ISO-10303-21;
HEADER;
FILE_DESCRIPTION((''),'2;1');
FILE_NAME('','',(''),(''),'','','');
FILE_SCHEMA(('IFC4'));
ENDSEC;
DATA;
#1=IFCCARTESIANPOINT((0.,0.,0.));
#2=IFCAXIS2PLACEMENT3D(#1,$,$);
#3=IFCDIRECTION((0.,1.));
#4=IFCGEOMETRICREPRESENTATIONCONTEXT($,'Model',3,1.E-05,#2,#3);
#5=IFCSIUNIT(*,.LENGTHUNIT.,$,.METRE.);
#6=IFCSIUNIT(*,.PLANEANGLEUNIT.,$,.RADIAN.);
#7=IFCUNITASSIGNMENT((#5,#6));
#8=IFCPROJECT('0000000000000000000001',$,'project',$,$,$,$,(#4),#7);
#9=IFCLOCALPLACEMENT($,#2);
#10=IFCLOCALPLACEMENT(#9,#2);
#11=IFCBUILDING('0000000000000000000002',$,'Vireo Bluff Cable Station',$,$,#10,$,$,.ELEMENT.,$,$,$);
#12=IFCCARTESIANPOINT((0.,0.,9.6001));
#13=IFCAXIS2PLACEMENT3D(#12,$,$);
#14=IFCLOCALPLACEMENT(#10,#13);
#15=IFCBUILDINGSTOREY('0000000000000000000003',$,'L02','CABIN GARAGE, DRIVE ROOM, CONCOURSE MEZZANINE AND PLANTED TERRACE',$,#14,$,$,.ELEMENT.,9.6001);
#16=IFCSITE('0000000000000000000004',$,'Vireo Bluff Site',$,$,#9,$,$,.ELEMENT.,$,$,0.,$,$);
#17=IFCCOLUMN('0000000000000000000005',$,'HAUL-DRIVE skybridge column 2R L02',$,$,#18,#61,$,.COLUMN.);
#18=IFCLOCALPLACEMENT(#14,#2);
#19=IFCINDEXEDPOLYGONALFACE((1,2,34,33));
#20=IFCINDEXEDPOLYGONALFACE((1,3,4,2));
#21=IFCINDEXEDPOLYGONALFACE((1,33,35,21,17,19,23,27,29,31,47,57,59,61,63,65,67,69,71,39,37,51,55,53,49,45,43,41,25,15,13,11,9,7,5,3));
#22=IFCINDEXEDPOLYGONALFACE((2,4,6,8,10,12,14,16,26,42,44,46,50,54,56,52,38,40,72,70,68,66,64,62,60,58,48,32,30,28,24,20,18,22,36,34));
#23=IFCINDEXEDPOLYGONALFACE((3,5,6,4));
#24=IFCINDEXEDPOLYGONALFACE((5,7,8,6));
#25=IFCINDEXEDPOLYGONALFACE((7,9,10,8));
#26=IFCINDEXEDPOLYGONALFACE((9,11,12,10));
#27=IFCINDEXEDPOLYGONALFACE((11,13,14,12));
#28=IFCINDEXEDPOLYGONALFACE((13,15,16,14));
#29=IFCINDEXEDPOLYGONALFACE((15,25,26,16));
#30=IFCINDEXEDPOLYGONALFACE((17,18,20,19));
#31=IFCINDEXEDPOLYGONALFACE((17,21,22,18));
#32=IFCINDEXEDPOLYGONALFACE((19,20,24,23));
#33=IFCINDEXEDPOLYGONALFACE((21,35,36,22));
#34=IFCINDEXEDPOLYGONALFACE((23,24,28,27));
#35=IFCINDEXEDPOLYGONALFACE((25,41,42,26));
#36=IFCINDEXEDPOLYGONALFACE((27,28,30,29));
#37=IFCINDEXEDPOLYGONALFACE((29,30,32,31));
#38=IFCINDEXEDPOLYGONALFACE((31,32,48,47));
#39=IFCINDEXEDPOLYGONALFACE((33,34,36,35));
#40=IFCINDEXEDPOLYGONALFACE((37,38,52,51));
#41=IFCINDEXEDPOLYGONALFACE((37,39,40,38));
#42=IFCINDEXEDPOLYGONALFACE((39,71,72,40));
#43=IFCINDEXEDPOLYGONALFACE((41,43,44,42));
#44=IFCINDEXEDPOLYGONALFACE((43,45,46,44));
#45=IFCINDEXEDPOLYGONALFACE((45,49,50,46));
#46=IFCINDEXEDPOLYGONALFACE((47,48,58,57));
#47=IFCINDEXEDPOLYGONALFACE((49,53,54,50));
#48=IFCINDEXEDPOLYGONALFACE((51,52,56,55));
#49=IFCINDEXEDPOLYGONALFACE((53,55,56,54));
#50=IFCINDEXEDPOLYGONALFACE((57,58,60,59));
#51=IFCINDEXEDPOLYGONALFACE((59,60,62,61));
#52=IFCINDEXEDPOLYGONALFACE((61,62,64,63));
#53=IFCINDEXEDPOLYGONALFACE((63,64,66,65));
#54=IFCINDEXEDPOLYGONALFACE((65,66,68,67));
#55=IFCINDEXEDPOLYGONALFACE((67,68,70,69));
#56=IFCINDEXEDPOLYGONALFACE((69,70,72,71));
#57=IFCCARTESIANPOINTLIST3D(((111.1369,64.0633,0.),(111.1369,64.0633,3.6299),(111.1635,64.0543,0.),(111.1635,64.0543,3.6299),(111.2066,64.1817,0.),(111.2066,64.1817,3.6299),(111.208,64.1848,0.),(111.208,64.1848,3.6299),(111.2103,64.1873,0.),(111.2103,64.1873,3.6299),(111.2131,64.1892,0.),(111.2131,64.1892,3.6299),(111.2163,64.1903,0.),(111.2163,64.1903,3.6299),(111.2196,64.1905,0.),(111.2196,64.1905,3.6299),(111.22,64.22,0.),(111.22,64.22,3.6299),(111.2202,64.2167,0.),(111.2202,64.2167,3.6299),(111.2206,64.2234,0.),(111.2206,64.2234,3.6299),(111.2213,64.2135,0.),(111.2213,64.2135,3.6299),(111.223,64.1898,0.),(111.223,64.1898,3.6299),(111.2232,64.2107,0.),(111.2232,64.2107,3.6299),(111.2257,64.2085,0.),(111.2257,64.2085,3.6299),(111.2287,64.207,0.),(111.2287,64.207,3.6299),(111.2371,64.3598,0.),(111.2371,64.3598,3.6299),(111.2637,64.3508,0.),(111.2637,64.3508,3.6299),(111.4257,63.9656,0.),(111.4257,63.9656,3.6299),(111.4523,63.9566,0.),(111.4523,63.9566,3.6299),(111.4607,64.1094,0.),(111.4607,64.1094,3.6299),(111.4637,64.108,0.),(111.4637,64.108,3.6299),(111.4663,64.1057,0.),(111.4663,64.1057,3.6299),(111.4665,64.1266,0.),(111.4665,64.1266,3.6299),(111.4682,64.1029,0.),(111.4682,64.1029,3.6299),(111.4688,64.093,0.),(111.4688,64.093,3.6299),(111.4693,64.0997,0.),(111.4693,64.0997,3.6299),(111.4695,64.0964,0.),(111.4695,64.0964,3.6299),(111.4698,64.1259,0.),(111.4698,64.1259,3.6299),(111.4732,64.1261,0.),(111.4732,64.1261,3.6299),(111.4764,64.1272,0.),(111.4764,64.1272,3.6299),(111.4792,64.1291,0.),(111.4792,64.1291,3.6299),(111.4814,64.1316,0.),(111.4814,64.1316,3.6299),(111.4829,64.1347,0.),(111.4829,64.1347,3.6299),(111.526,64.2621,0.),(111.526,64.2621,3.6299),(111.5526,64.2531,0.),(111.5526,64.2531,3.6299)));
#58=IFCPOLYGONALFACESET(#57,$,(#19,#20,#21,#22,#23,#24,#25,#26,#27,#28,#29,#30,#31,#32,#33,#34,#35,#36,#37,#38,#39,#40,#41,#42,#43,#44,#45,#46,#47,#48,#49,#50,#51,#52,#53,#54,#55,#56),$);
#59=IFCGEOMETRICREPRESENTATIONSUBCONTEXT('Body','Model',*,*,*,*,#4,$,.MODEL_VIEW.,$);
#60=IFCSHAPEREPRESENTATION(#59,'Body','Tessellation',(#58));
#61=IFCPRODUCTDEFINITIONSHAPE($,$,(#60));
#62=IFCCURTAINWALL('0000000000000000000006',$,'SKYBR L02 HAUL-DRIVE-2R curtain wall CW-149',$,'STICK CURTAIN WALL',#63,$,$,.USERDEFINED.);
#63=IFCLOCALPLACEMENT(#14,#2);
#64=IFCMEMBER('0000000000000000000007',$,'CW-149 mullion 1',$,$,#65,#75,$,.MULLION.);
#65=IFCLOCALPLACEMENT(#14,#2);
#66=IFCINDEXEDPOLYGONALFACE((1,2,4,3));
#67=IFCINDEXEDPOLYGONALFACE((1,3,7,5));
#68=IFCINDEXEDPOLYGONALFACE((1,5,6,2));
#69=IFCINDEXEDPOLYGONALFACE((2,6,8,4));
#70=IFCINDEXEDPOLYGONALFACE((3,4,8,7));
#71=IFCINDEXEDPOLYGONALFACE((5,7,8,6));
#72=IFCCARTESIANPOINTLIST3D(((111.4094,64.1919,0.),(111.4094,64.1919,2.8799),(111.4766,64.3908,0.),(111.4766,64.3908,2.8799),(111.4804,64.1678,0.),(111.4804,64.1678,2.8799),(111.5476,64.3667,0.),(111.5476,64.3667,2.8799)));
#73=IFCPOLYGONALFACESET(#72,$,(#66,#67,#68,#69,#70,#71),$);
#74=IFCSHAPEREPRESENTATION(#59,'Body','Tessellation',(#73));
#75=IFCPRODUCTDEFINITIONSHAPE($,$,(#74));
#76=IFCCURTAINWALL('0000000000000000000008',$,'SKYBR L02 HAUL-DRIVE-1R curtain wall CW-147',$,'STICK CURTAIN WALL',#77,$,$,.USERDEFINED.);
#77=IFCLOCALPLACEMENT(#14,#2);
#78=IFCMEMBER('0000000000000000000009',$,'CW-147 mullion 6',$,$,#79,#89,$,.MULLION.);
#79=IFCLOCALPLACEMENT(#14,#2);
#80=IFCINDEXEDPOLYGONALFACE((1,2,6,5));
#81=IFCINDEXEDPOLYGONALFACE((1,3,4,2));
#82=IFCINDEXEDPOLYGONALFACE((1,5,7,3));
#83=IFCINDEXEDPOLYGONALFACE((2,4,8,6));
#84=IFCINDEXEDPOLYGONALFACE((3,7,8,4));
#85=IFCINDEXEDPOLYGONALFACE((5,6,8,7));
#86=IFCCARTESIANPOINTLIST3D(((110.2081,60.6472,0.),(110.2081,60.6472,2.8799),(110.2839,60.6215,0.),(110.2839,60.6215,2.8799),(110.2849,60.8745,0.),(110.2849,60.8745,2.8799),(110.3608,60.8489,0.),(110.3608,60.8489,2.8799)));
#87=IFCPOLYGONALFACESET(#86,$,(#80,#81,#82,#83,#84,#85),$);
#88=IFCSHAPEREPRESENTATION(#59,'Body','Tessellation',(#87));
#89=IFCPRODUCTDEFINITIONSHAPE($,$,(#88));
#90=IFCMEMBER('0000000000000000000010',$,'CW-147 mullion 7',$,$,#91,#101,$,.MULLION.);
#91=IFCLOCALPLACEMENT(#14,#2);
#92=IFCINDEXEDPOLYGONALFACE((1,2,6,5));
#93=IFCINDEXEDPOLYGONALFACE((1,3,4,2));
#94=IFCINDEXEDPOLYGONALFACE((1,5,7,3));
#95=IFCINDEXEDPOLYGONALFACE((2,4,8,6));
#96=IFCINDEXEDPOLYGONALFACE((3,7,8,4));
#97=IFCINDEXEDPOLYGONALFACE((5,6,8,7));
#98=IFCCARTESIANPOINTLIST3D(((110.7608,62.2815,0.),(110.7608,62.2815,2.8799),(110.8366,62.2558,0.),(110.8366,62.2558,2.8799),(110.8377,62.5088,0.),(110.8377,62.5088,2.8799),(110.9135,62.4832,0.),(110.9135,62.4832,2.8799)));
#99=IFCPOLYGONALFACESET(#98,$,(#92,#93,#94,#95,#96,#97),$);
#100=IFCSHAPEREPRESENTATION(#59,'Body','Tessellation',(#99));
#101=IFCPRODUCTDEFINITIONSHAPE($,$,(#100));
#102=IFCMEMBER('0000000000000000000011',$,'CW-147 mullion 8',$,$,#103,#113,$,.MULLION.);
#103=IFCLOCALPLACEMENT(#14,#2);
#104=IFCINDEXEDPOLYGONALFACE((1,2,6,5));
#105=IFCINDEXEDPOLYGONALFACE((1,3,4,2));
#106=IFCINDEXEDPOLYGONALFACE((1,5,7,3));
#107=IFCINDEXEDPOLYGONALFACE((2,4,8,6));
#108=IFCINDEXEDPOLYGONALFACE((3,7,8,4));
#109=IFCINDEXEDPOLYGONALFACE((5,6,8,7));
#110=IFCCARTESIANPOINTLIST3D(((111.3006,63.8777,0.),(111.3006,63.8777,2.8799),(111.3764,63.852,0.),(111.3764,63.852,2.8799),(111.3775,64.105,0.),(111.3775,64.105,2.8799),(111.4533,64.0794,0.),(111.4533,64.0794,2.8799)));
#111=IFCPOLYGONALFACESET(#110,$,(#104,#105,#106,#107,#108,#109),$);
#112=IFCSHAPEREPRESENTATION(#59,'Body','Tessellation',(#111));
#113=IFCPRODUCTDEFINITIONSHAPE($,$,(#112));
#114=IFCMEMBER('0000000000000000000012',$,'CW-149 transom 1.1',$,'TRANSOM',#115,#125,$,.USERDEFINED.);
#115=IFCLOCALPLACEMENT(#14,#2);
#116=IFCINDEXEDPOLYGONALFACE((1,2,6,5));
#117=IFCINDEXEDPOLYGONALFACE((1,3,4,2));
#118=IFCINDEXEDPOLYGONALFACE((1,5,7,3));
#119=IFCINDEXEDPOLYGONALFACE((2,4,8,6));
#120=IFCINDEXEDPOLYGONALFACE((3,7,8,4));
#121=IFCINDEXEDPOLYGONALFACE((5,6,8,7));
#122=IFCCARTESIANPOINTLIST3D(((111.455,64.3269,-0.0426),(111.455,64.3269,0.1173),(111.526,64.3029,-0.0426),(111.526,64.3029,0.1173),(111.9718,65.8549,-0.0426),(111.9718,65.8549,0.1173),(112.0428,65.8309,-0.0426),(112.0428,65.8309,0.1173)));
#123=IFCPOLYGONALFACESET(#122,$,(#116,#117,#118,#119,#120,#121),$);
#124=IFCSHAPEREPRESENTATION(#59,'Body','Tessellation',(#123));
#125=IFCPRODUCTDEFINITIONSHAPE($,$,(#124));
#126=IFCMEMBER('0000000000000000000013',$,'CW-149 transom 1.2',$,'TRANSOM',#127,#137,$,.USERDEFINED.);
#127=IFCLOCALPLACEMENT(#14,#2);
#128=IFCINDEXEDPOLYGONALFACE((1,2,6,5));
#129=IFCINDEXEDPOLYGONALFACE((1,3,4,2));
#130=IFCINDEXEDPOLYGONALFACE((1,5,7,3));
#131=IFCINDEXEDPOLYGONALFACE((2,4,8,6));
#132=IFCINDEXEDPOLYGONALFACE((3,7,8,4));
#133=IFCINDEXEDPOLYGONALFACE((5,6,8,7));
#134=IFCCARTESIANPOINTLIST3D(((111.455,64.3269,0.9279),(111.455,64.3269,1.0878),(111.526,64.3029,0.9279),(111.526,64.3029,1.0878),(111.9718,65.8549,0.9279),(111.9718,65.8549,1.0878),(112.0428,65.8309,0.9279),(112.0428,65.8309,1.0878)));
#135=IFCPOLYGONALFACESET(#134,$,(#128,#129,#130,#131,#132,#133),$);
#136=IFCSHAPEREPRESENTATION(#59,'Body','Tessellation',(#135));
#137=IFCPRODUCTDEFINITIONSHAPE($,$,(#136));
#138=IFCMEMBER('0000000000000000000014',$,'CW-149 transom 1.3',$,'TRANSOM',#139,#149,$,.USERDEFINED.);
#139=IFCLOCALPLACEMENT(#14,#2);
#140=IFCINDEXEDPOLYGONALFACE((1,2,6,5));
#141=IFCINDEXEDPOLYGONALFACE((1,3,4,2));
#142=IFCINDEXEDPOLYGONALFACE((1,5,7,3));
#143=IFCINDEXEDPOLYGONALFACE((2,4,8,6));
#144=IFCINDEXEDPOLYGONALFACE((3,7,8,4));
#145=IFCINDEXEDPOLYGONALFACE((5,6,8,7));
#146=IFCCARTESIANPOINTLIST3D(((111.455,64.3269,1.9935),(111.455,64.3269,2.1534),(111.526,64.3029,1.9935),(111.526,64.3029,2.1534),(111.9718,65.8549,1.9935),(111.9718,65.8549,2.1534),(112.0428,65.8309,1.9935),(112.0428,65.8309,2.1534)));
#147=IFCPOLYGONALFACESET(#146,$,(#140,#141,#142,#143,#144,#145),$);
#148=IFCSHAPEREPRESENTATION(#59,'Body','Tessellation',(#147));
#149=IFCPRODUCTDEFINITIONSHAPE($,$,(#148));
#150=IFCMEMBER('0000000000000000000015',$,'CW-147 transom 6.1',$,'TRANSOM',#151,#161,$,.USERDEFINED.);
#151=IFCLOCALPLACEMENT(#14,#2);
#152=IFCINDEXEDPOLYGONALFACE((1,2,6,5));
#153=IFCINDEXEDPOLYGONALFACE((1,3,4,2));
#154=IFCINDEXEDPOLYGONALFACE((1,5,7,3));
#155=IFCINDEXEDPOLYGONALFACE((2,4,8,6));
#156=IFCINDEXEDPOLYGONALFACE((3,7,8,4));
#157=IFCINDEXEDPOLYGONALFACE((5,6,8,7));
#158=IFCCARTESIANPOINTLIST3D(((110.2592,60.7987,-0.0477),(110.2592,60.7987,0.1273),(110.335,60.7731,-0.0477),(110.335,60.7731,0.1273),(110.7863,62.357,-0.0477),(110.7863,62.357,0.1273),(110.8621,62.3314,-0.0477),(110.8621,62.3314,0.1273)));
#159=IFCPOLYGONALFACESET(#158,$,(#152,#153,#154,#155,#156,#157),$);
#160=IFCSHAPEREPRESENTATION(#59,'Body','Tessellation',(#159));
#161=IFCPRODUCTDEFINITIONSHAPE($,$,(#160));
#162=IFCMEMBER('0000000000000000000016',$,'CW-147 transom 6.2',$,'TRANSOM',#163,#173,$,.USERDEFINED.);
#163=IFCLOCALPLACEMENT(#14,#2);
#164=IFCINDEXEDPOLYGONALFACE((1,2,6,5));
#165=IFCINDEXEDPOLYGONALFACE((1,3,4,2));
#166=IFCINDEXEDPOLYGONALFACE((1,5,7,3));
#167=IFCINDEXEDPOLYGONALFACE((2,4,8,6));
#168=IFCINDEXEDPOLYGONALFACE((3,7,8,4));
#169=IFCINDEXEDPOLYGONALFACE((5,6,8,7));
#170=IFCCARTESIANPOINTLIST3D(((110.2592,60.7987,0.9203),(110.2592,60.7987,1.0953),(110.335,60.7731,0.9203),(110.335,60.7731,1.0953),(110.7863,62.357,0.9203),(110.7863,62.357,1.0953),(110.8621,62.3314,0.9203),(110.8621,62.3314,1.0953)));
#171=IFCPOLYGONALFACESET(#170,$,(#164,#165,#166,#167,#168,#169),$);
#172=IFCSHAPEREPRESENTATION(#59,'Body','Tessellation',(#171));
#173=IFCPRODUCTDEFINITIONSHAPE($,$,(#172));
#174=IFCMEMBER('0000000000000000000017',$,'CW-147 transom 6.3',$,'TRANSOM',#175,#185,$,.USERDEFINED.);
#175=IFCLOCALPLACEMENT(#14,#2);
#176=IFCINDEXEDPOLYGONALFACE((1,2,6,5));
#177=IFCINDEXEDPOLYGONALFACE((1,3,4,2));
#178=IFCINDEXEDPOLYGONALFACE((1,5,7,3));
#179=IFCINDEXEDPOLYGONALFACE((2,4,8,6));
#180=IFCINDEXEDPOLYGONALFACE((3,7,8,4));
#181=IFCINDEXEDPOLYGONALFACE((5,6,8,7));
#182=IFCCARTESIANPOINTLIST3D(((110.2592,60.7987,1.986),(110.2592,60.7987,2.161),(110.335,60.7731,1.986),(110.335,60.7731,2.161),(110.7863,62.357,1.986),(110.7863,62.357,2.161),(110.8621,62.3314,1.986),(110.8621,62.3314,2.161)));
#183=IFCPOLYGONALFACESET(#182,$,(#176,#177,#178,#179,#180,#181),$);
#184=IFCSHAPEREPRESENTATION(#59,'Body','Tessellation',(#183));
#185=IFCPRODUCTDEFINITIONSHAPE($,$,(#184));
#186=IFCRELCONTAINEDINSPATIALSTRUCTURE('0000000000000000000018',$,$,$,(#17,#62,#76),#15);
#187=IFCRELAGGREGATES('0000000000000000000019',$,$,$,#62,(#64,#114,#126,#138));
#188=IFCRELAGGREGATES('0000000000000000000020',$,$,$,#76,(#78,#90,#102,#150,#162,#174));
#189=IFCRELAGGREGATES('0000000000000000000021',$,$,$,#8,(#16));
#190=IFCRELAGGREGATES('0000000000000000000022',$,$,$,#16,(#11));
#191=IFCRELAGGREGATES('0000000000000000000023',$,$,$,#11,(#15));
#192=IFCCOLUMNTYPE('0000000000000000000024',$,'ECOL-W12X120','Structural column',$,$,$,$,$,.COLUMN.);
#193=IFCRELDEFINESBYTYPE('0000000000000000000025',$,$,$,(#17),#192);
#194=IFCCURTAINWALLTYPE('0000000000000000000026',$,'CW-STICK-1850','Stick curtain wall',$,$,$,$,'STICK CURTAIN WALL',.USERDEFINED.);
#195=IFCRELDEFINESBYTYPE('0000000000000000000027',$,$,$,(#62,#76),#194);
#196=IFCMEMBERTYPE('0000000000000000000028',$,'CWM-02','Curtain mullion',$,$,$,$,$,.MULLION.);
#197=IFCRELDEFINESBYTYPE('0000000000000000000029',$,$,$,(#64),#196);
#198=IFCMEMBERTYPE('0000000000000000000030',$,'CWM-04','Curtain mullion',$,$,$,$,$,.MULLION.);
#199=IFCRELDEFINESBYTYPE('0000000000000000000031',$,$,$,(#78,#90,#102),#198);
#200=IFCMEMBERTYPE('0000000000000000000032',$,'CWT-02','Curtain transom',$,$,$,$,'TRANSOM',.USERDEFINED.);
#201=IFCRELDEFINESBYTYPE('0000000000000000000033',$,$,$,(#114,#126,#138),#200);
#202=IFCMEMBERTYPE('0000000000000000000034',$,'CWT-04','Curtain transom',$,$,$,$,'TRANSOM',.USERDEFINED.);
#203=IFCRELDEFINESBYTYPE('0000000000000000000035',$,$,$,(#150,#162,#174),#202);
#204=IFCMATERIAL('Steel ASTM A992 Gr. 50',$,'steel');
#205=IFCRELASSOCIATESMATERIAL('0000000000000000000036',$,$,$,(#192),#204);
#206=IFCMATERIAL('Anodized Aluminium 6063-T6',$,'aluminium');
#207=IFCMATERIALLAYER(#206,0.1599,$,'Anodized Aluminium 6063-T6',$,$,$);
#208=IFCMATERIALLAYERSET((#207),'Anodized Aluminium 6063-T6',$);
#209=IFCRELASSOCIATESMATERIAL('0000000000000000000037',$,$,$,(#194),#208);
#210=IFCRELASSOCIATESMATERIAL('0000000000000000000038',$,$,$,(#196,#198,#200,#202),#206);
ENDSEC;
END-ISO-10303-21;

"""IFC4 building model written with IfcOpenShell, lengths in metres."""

from ifc_helpers import new_model, si_unit, direction, frame, origin, origin_2d, place, context, subcontext, project, spatial, rectangle, i_section, extrude, material, layer, layer_set, material_profile, profile_set, type_object, element, aggregate, save


model = new_model("IFC4")

# Units and contexts
model_context = context("Model", 3, precision=1e-05, world=origin(), true_north=direction((0.0, 1.0)))
body_context = subcontext(model_context, "Body", "Model", "MODEL_VIEW")
ifc_project = project(units=[si_unit("LENGTHUNIT", "METRE"), si_unit("PLANEANGLEUNIT", "RADIAN")], contexts=[model_context])

# Site, building, storey
site_placement = place(None, origin())
site = spatial("IfcSite", under=ifc_project, at=site_placement, Name="Vireo Bluff Site", CompositionType="ELEMENT", RefElevation=0.0)
building_placement = place(site_placement, origin())
building = spatial("IfcBuilding", under=site, at=building_placement, Name="Vireo Bluff Cable Station", CompositionType="ELEMENT")
storey_placement = place(building_placement, frame((0.0, 0.0, 9.6001)))
storey = spatial("IfcBuildingStorey", under=building, at=storey_placement, Name="L02", Description="CABIN GARAGE, DRIVE ROOM, CONCOURSE MEZZANINE AND PLANTED TERRACE", CompositionType="ELEMENT", Elevation=9.6001)

# Column
ifc_material_1 = material(Name="Steel ASTM A992 Gr. 50", Category="steel")
ifc_material_profile_1 = material_profile(ifc_material_1, i_section(OverallWidth=0.313, OverallDepth=0.333, WebThickness=0.0181, FlangeThickness=0.0281, FilletRadius=0.0129, at=origin_2d()), Name="W12X120")
ifc_profile_set_1 = profile_set([ifc_material_profile_1], Name="Steel ASTM A992 Gr. 50")
column_type = type_object("IfcColumnType", Name="ECOL-W12X120", Description="Structural column", PredefinedType="COLUMN", material=ifc_profile_set_1)
column_placement = place(storey_placement, frame((111.3447, 64.1582, 0.0), z_axis=(0.0, 0.0, 1.0), x_axis=(0.320352, 0.947299, 0.0)))
element("IfcColumn", 1, at=column_placement, inside=storey, type_object=column_type, Name="HAUL-DRIVE skybridge column 2R L02", PredefinedType="COLUMN", context=body_context, shape_type="SweptSolid", body=[
    extrude(i_section(OverallWidth=0.313, OverallDepth=0.333, WebThickness=0.0181, FlangeThickness=0.0281, FilletRadius=0.0129, at=origin_2d()), origin(), (0.0, 0.0, 1.0), 3.6299),
])

# Curtain wall, member
ifc_material_2 = material(Name="Anodized Aluminium 6063-T6", Category="aluminium")
ifc_layer_1 = layer(ifc_material_2, 0.1599, Name="Anodized Aluminium 6063-T6")
ifc_layer_set_1 = layer_set([ifc_layer_1], Name="Anodized Aluminium 6063-T6")
curtain_wall_type = type_object("IfcCurtainWallType", Name="CW-STICK-1850", Description="Stick curtain wall", ElementType="STICK CURTAIN WALL", PredefinedType="USERDEFINED", material=ifc_layer_set_1)
curtain_wall_1_placement = place(storey_placement, origin())
curtain_wall_1 = element("IfcCurtainWall", 2, at=curtain_wall_1_placement, inside=storey, type_object=curtain_wall_type, Name="SKYBR L02 HAUL-DRIVE-2R curtain wall CW-149", ObjectType="STICK CURTAIN WALL", PredefinedType="USERDEFINED")
ifc_material_profile_2 = material_profile(ifc_material_2, rectangle(XDim=0.075, YDim=0.21, at=origin_2d()), Name="ALU-M-75X210")
ifc_profile_set_2 = profile_set([ifc_material_profile_2], Name="Anodized Aluminium 6063-T6")
member_type_1 = type_object("IfcMemberType", Name="CWM-02", Description="Curtain mullion", PredefinedType="MULLION", material=ifc_profile_set_2)
member_1_placement = place(storey_placement, frame((111.4785, 64.2793, 0.0), z_axis=(0.0, 0.0, 1.0), x_axis=(-0.947295, 0.320362, 0.0)))
member_1 = element("IfcMember", 3, at=member_1_placement, type_object=member_type_1, Name="CW-149 mullion 1", PredefinedType="MULLION", context=body_context, shape_type="SweptSolid", body=[
    extrude(rectangle(XDim=0.075, YDim=0.21, at=origin_2d()), origin(), (0.0, 0.0, 1.0), 2.8799),
])

# Curtain wall, members
curtain_wall_2_placement = place(storey_placement, origin())
curtain_wall_2 = element("IfcCurtainWall", 4, at=curtain_wall_2_placement, inside=storey, type_object=curtain_wall_type, Name="SKYBR L02 HAUL-DRIVE-1R curtain wall CW-147", ObjectType="STICK CURTAIN WALL", PredefinedType="USERDEFINED")
ifc_material_profile_3 = material_profile(ifc_material_2, rectangle(XDim=0.0801, YDim=0.24, at=origin_2d()), Name="ALU-M-80X240")
ifc_profile_set_3 = profile_set([ifc_material_profile_3], Name="Anodized Aluminium 6063-T6")
member_type_2 = type_object("IfcMemberType", Name="CWM-04", Description="Curtain mullion", PredefinedType="MULLION", material=ifc_profile_set_3)
member_2_placement = place(storey_placement, frame((110.2844, 60.748, 0.0), z_axis=(0.0, 0.0, 1.0), x_axis=(-0.947295, 0.320364, 0.0)))
member_2 = element("IfcMember", 5, at=member_2_placement, type_object=member_type_2, Name="CW-147 mullion 6", PredefinedType="MULLION", context=body_context, shape_type="SweptSolid", body=[
    extrude(rectangle(XDim=0.0801, YDim=0.24, at=origin_2d()), origin(), (0.0, 0.0, 1.0), 2.8799),
])
member_3_placement = place(storey_placement, frame((110.8372, 62.3823, 0.0), z_axis=(0.0, 0.0, 1.0), x_axis=(-0.947295, 0.320364, 0.0)))
member_3 = element("IfcMember", 6, at=member_3_placement, type_object=member_type_2, Name="CW-147 mullion 7", PredefinedType="MULLION", context=body_context, shape_type="SweptSolid", body=[
    extrude(rectangle(XDim=0.0801, YDim=0.24, at=origin_2d()), origin(), (0.0, 0.0, 1.0), 2.8799),
])
member_4_placement = place(storey_placement, frame((111.377, 63.9785, 0.0), z_axis=(0.0, 0.0, 1.0), x_axis=(-0.947295, 0.320364, 0.0)))
member_4 = element("IfcMember", 7, at=member_4_placement, type_object=member_type_2, Name="CW-147 mullion 8", PredefinedType="MULLION", context=body_context, shape_type="SweptSolid", body=[
    extrude(rectangle(XDim=0.0801, YDim=0.24, at=origin_2d()), origin(), (0.0, 0.0, 1.0), 2.8799),
])

# Members
ifc_material_profile_4 = material_profile(ifc_material_2, rectangle(XDim=0.075, YDim=0.1599, at=origin_2d()), Name="ALU-T-75X160")
ifc_profile_set_4 = profile_set([ifc_material_profile_4], Name="Anodized Aluminium 6063-T6")
member_type_3 = type_object("IfcMemberType", Name="CWT-02", Description="Curtain transom", ElementType="TRANSOM", PredefinedType="USERDEFINED", material=ifc_profile_set_4)
member_5_placement = place(storey_placement, frame((111.4905, 64.3149, 0.0374), z_axis=(0.320402, 0.947282, 0.0), x_axis=(-0.947282, 0.320402, 0.0)))
member_5 = element("IfcMember", 8, at=member_5_placement, type_object=member_type_3, Name="CW-149 transom 1.1", ObjectType="TRANSOM", PredefinedType="USERDEFINED", context=body_context, shape_type="SweptSolid", body=[
    extrude(rectangle(XDim=0.075, YDim=0.1599, at=origin_2d()), origin(), (0.0, 0.0, 1.0), 1.613),
])
member_6_placement = place(storey_placement, frame((111.4905, 64.3149, 1.0078), z_axis=(0.320402, 0.947282, 0.0), x_axis=(-0.947282, 0.320402, 0.0)))
member_6 = element("IfcMember", 9, at=member_6_placement, type_object=member_type_3, Name="CW-149 transom 1.2", ObjectType="TRANSOM", PredefinedType="USERDEFINED", context=body_context, shape_type="SweptSolid", body=[
    extrude(rectangle(XDim=0.075, YDim=0.1599, at=origin_2d()), origin(), (0.0, 0.0, 1.0), 1.613),
])
member_7_placement = place(storey_placement, frame((111.4905, 64.3149, 2.0735), z_axis=(0.320402, 0.947282, 0.0), x_axis=(-0.947282, 0.320402, 0.0)))
member_7 = element("IfcMember", 10, at=member_7_placement, type_object=member_type_3, Name="CW-149 transom 1.3", ObjectType="TRANSOM", PredefinedType="USERDEFINED", context=body_context, shape_type="SweptSolid", body=[
    extrude(rectangle(XDim=0.075, YDim=0.1599, at=origin_2d()), origin(), (0.0, 0.0, 1.0), 1.613),
])
aggregate(curtain_wall_1, [member_1, member_5, member_6, member_7])
ifc_material_profile_5 = material_profile(ifc_material_2, rectangle(XDim=0.0801, YDim=0.175, at=origin_2d()), Name="ALU-T-80X175")
ifc_profile_set_5 = profile_set([ifc_material_profile_5], Name="Anodized Aluminium 6063-T6")
member_type_4 = type_object("IfcMemberType", Name="CWT-04", Description="Curtain transom", ElementType="TRANSOM", PredefinedType="USERDEFINED", material=ifc_profile_set_5)
member_8_placement = place(storey_placement, frame((110.2971, 60.7859, 0.0398), z_axis=(0.32041, 0.947279, 0.0), x_axis=(-0.947279, 0.32041, 0.0)))
member_8 = element("IfcMember", 11, at=member_8_placement, type_object=member_type_4, Name="CW-147 transom 6.1", ObjectType="TRANSOM", PredefinedType="USERDEFINED", context=body_context, shape_type="SweptSolid", body=[
    extrude(rectangle(XDim=0.0801, YDim=0.175, at=origin_2d()), origin(), (0.0, 0.0, 1.0), 1.645),
])
member_9_placement = place(storey_placement, frame((110.2971, 60.7859, 1.0078), z_axis=(0.32041, 0.947279, 0.0), x_axis=(-0.947279, 0.32041, 0.0)))
member_9 = element("IfcMember", 12, at=member_9_placement, type_object=member_type_4, Name="CW-147 transom 6.2", ObjectType="TRANSOM", PredefinedType="USERDEFINED", context=body_context, shape_type="SweptSolid", body=[
    extrude(rectangle(XDim=0.0801, YDim=0.175, at=origin_2d()), origin(), (0.0, 0.0, 1.0), 1.645),
])
member_10_placement = place(storey_placement, frame((110.2971, 60.7859, 2.0735), z_axis=(0.32041, 0.947279, 0.0), x_axis=(-0.947279, 0.32041, 0.0)))
member_10 = element("IfcMember", 13, at=member_10_placement, type_object=member_type_4, Name="CW-147 transom 6.3", ObjectType="TRANSOM", PredefinedType="USERDEFINED", context=body_context, shape_type="SweptSolid", body=[
    extrude(rectangle(XDim=0.0801, YDim=0.175, at=origin_2d()), origin(), (0.0, 0.0, 1.0), 1.645),
])

aggregate(curtain_wall_2, [member_2, member_3, member_4, member_8, member_9, member_10])

save(model, "model.ifc")
